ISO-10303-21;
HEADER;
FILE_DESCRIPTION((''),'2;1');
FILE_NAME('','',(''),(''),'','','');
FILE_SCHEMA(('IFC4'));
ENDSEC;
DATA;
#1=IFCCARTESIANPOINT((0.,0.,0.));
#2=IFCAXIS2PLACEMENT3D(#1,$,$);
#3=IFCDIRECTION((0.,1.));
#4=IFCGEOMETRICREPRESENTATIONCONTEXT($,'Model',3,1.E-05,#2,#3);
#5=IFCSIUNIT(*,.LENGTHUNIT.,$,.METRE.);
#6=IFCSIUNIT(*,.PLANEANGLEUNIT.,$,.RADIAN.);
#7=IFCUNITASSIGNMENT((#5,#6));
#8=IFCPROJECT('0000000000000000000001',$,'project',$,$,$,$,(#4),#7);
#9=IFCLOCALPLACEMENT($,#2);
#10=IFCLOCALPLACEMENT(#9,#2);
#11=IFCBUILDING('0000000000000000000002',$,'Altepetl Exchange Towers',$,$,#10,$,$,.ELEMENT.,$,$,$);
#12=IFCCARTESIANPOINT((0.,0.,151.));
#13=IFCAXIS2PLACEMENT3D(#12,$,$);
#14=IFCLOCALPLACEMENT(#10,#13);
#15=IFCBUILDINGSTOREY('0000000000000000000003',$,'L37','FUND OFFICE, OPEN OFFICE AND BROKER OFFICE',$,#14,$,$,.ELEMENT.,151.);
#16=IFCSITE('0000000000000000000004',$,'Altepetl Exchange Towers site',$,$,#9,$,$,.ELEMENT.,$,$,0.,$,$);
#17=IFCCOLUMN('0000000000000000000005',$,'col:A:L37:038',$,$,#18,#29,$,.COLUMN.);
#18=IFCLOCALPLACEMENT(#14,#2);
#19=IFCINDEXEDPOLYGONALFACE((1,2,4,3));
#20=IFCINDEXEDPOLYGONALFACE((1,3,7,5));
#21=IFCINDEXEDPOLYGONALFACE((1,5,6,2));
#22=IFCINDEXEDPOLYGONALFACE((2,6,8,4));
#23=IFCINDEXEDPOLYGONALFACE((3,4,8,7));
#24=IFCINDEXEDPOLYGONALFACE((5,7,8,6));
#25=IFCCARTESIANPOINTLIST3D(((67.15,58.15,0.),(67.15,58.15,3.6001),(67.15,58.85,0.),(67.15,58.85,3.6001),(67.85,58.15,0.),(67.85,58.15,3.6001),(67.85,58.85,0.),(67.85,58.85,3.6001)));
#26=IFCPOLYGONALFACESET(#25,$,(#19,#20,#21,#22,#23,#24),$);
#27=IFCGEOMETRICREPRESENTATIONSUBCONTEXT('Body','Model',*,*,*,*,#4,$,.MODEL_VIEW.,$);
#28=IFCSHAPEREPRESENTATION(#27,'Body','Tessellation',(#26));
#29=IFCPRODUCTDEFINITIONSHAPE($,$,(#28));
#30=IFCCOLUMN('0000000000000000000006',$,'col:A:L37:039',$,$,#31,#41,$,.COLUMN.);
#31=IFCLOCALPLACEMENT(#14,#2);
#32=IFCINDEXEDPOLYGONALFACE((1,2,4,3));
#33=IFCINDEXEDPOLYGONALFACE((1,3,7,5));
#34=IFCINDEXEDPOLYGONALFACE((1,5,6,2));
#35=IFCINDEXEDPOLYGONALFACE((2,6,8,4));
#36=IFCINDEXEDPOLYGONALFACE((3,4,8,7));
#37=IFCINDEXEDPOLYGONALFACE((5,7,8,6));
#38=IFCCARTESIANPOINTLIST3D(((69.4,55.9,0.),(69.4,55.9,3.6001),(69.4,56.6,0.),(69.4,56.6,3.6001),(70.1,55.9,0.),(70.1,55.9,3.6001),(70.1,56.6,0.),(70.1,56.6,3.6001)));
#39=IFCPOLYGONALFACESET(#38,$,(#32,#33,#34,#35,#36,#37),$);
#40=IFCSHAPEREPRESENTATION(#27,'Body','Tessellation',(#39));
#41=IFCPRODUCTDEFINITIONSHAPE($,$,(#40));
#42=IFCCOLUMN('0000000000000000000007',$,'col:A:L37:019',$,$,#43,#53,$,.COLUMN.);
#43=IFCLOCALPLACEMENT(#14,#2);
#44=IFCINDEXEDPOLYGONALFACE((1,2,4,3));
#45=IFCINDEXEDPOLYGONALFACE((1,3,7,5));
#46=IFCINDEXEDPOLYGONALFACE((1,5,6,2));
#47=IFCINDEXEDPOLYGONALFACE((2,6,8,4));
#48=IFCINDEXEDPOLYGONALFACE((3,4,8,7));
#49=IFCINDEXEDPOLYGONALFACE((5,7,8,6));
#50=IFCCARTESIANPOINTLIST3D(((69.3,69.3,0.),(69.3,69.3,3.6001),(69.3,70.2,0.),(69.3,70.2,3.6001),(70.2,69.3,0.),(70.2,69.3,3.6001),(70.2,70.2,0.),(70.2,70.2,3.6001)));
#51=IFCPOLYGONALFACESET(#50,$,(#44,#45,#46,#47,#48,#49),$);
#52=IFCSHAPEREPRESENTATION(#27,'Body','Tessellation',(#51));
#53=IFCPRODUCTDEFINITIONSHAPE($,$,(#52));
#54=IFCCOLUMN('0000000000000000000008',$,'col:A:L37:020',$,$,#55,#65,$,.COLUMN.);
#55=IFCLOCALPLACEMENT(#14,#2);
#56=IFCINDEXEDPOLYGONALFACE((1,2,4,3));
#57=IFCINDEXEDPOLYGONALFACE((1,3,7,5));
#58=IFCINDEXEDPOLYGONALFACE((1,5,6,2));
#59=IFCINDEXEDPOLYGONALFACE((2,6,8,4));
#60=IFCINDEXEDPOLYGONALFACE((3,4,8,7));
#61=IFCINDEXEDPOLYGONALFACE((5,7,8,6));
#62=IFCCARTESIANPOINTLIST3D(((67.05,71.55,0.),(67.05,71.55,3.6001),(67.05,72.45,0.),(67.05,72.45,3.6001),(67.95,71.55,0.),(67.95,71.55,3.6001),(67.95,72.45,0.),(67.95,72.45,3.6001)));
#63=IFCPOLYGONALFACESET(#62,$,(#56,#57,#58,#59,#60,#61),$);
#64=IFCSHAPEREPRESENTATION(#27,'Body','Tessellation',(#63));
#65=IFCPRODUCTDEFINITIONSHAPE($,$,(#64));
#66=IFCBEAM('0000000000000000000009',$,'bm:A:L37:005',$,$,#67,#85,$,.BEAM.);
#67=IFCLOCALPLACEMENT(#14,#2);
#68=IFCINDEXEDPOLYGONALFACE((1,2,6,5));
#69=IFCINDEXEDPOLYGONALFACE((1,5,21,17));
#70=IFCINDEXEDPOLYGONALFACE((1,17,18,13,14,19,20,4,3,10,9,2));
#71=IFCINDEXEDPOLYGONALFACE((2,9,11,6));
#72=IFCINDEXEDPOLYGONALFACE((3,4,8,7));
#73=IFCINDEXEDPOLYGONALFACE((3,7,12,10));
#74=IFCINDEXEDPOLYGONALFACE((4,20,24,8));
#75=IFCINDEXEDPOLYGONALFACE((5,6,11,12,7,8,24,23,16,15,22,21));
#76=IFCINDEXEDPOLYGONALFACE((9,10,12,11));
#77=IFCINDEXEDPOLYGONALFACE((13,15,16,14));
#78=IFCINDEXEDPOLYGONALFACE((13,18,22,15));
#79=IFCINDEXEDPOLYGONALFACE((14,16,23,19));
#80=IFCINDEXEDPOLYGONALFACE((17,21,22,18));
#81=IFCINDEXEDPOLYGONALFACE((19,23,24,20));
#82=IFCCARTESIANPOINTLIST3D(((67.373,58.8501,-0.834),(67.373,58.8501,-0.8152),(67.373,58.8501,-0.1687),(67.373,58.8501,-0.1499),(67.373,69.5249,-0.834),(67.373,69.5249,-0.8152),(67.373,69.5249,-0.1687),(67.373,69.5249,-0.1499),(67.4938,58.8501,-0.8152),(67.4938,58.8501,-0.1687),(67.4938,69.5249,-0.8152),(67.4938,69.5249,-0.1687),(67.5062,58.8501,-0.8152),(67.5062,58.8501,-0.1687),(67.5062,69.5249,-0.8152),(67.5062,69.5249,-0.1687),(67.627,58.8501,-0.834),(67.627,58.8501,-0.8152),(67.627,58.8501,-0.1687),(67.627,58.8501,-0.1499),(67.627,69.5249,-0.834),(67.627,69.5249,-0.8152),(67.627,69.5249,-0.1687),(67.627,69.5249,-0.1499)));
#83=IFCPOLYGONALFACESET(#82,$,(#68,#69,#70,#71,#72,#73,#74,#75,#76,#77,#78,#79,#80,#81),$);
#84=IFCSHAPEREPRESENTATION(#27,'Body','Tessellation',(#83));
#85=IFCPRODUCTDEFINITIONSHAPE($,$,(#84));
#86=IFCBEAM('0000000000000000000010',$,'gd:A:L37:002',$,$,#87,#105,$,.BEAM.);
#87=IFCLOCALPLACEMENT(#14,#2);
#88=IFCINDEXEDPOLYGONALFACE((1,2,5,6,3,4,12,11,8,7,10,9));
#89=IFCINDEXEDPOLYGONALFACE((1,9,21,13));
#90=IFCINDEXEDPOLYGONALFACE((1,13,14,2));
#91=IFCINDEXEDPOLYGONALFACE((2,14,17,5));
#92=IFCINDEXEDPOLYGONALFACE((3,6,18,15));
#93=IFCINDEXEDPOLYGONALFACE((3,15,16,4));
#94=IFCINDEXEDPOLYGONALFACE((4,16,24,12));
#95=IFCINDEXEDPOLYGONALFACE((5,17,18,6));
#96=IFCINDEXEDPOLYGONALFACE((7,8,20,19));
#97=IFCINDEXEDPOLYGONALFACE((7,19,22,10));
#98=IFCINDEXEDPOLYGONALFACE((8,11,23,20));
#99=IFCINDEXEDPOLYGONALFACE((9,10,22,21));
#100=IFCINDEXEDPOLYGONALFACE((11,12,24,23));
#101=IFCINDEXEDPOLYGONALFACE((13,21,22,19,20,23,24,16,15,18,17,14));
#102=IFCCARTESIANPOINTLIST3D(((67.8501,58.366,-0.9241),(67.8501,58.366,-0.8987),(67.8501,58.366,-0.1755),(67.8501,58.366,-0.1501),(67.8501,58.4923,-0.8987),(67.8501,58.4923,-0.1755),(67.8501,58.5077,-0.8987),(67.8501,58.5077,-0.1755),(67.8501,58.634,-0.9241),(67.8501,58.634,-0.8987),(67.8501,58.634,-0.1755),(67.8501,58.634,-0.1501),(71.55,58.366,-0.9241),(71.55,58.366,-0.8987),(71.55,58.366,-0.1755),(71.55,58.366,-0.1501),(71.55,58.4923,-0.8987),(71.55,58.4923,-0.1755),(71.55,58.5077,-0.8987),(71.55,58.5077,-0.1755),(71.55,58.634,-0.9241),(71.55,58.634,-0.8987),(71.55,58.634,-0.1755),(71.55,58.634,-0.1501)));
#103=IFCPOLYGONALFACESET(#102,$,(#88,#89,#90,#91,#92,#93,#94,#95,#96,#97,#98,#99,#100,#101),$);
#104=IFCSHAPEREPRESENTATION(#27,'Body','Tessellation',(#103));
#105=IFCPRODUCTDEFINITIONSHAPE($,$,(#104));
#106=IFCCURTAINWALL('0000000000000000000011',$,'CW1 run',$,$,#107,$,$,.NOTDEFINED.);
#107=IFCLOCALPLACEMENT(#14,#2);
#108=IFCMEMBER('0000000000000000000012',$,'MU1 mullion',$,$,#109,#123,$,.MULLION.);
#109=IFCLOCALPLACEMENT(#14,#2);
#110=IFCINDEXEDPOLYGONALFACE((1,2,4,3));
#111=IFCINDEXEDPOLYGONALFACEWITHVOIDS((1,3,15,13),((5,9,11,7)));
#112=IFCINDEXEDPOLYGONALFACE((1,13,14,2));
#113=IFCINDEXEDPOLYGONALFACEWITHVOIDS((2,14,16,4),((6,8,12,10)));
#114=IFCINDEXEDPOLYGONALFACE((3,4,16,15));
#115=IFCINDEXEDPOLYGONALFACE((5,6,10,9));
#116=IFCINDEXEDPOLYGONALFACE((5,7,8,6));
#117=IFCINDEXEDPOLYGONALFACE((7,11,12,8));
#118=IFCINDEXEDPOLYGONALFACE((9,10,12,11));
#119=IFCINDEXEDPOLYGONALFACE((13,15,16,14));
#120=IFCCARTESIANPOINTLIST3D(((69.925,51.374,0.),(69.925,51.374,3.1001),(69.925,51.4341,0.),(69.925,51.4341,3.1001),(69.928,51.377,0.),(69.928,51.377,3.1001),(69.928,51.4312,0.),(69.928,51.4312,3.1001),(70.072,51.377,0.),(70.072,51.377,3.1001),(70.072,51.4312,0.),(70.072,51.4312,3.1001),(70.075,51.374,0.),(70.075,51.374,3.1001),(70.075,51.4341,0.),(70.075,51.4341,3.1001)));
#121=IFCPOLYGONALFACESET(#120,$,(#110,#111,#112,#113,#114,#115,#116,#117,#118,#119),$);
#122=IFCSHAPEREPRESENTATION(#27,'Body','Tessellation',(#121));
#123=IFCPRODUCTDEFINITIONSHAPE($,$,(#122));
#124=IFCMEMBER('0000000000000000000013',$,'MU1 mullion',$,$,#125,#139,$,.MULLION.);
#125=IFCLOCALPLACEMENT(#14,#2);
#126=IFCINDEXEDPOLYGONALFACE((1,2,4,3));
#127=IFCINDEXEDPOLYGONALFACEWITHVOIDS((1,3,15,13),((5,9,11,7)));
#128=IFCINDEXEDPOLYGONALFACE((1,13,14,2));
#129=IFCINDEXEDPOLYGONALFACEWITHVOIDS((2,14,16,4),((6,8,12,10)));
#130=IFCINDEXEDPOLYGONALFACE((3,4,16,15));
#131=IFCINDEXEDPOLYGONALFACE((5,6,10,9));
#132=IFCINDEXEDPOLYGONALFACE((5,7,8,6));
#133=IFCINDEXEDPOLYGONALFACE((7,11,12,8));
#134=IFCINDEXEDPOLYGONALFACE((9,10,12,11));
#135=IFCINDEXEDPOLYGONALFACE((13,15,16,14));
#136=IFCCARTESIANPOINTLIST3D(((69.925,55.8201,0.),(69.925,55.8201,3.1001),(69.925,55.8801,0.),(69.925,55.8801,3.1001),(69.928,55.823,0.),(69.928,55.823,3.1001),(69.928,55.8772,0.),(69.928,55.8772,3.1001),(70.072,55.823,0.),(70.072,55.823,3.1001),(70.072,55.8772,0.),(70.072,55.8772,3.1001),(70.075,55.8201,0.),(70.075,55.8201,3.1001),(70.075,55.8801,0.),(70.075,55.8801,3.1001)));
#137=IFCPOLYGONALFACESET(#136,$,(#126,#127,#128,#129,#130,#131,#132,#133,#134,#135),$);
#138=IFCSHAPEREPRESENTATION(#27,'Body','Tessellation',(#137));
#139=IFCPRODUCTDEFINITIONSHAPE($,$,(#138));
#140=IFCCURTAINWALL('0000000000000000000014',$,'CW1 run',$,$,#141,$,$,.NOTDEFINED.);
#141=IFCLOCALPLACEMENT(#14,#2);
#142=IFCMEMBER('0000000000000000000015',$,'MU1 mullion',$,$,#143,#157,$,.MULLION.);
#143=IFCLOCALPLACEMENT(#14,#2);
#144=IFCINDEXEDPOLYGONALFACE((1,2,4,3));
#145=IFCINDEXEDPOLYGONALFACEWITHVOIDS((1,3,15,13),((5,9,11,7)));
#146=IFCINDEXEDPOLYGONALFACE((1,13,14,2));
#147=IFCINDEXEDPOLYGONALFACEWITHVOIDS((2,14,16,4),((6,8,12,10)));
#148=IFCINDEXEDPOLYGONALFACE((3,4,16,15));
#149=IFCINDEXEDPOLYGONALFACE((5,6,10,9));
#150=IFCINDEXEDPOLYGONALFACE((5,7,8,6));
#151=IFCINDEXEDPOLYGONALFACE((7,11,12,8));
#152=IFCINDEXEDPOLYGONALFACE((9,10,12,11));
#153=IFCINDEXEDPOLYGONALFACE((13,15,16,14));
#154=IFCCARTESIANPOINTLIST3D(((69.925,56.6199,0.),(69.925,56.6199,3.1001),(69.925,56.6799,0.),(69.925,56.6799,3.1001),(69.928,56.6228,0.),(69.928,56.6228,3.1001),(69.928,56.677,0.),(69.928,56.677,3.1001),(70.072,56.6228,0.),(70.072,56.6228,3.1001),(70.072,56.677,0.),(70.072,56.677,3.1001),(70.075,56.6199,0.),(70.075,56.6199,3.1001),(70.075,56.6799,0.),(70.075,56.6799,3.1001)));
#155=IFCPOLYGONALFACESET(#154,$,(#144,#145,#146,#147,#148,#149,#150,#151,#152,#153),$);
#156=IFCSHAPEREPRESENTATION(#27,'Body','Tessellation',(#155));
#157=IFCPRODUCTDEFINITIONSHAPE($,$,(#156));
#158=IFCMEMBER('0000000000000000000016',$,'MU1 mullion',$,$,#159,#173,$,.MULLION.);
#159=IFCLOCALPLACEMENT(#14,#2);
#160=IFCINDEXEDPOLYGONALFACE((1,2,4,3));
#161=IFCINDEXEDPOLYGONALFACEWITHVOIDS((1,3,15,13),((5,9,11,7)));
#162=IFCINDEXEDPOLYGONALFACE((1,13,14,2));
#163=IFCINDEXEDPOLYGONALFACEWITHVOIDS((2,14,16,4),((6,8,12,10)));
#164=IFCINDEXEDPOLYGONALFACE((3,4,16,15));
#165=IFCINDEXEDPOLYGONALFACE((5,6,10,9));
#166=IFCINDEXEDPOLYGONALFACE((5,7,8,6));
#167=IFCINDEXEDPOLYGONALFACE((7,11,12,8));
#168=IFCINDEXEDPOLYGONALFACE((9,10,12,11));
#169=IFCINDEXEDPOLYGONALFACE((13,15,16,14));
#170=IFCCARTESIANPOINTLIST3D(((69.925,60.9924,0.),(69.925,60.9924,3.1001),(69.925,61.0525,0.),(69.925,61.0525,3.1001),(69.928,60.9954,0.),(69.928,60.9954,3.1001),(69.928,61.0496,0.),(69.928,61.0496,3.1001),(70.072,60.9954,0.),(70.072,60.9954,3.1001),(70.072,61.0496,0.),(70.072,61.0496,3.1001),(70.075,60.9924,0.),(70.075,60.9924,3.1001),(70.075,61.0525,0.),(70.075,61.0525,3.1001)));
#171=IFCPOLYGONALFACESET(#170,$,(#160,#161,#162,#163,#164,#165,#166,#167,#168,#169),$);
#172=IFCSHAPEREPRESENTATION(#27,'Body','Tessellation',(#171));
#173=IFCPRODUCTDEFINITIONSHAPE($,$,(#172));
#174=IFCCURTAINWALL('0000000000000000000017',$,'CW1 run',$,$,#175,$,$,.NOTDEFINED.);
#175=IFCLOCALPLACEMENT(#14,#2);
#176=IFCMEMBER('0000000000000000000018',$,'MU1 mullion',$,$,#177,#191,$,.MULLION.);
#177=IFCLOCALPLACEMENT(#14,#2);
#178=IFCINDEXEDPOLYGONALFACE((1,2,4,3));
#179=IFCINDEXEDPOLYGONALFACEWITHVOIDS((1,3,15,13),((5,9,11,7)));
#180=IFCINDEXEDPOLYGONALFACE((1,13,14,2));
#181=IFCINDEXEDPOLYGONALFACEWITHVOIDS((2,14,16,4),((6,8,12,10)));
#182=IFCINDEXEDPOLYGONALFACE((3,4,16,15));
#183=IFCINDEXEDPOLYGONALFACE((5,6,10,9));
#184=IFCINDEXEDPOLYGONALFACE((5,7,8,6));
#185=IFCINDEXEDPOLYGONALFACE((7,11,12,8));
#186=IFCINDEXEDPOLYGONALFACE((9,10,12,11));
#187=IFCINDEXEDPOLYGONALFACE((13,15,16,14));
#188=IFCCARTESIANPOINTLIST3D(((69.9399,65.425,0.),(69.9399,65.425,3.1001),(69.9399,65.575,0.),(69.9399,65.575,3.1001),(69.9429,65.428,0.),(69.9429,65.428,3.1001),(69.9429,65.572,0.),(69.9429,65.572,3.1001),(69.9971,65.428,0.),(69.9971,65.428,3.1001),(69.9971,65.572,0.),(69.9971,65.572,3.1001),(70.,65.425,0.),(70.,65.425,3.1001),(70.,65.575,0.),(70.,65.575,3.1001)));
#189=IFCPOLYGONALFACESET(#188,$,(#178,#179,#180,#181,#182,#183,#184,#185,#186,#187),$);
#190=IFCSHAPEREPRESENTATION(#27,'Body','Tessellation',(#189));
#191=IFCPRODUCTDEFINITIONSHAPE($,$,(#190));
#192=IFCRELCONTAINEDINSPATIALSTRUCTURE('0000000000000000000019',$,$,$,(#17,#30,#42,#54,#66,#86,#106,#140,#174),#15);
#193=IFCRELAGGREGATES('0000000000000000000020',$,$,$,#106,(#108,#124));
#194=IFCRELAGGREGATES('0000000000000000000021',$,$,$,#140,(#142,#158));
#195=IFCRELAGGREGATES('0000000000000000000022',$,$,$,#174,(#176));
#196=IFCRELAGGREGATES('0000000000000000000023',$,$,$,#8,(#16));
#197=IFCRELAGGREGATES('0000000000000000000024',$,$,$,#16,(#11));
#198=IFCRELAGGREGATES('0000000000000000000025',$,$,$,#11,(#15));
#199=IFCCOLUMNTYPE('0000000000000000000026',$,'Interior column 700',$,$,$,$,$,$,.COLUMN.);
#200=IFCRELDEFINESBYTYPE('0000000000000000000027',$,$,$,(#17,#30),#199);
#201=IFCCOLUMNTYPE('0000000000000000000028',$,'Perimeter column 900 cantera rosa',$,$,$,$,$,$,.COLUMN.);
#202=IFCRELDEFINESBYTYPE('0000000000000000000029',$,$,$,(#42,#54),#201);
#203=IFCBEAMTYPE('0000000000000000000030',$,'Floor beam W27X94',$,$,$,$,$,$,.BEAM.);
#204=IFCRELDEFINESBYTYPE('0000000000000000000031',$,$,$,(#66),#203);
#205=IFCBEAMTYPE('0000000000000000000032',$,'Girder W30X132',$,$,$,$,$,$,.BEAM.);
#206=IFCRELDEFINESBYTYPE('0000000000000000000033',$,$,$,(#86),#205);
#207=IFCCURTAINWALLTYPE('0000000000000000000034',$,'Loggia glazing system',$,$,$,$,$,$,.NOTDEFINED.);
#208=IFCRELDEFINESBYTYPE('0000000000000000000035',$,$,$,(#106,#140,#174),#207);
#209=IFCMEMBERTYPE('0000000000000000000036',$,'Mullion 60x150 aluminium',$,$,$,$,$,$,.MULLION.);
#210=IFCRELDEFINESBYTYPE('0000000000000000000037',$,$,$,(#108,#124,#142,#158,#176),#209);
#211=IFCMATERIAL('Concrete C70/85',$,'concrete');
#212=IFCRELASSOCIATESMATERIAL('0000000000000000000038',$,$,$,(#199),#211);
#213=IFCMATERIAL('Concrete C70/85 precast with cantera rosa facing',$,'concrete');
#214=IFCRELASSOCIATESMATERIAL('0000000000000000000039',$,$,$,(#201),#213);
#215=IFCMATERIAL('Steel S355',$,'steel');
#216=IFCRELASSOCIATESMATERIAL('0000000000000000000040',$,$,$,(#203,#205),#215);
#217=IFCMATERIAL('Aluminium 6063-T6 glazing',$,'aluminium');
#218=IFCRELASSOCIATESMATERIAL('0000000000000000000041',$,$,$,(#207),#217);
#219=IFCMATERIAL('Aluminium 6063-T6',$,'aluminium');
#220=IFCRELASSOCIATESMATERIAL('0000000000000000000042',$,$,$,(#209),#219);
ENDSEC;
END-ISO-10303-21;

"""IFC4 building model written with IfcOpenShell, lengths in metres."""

from ifc_helpers import new_model, si_unit, direction, frame, origin, origin_2d, place, context, subcontext, project, spatial, rectangle, hollow_rectangle, i_section, extrude, material, material_profile, profile_set, type_object, element, aggregate, save


model = new_model("IFC4")

# Units and contexts
model_context = context("Model", 3, precision=1e-05, world=origin(), true_north=direction((0.0, 1.0)))
body_context = subcontext(model_context, "Body", "Model", "MODEL_VIEW")
ifc_project = project(units=[si_unit("LENGTHUNIT", "METRE"), si_unit("PLANEANGLEUNIT", "RADIAN")], contexts=[model_context])

# Site, building, storey
site_placement = place(None, origin())
site = spatial("IfcSite", under=ifc_project, at=site_placement, Name="Altepetl Exchange Towers site", CompositionType="ELEMENT", RefElevation=0.0)
building_placement = place(site_placement, origin())
building = spatial("IfcBuilding", under=site, at=building_placement, Name="Altepetl Exchange Towers", CompositionType="ELEMENT")
storey_placement = place(building_placement, frame((0.0, 0.0, 151.0)))
storey = spatial("IfcBuildingStorey", under=building, at=storey_placement, Name="L37", Description="FUND OFFICE, OPEN OFFICE AND BROKER OFFICE", CompositionType="ELEMENT", Elevation=151.0)

# Columns
ifc_material_1 = material(Name="Concrete C70/85", Category="concrete")
ifc_material_profile_1 = material_profile(ifc_material_1, rectangle(XDim=0.7, YDim=0.7, at=origin_2d()), Name="700 x 700")
ifc_profile_set_1 = profile_set([ifc_material_profile_1], Name="Concrete C70/85")
column_type_1 = type_object("IfcColumnType", Name="Interior column 700", PredefinedType="COLUMN", material=ifc_profile_set_1)
for number, where, name in (
    (1, (67.5, 58.5, 0.0), "col:A:L37:038"),
    (2, (69.75, 56.25, 0.0), "col:A:L37:039"),
):
    element("IfcColumn", number, at=place(storey_placement, frame(where)), inside=storey, type_object=column_type_1, Name=name, PredefinedType="COLUMN", context=body_context, shape_type="SweptSolid", body=[
        extrude(rectangle(XDim=0.7, YDim=0.7, at=origin_2d()), origin(), (0.0, 0.0, 1.0), 3.6001),
    ])
ifc_material_2 = material(Name="Concrete C70/85 precast with cantera rosa facing", Category="concrete")
ifc_material_profile_2 = material_profile(ifc_material_2, rectangle(XDim=0.8999, YDim=0.8999, at=origin_2d()), Name="900 x 900")
ifc_profile_set_2 = profile_set([ifc_material_profile_2], Name="Concrete C70/85 precast with cantera rosa facing")
column_type_2 = type_object("IfcColumnType", Name="Perimeter column 900 cantera rosa", PredefinedType="COLUMN", material=ifc_profile_set_2)
for number, where, name in (
    (3, (69.75, 69.75, 0.0), "col:A:L37:019"),
    (4, (67.5, 72.0, 0.0), "col:A:L37:020"),
):
    element("IfcColumn", number, at=place(storey_placement, frame(where)), inside=storey, type_object=column_type_2, Name=name, PredefinedType="COLUMN", context=body_context, shape_type="SweptSolid", body=[
        extrude(rectangle(XDim=0.8999, YDim=0.8999, at=origin_2d()), origin(), (0.0, 0.0, 1.0), 3.6001),
    ])

# Beams
ifc_material_3 = material(Name="Steel S355", Category="steel")
ifc_material_profile_3 = material_profile(ifc_material_3, i_section(OverallWidth=0.2539, OverallDepth=0.6841, WebThickness=0.0125, FlangeThickness=0.0188, at=origin_2d()), Name="W27X94")
ifc_profile_set_3 = profile_set([ifc_material_profile_3], Name="Steel S355")
beam_type_1 = type_object("IfcBeamType", Name="Floor beam W27X94", PredefinedType="BEAM", material=ifc_profile_set_3)
beam_1_placement = place(storey_placement, frame((67.5, 58.8501, -0.4919), z_axis=(0.0, 1.0, 0.0), x_axis=(-1.0, 0.0, 0.0)))
element("IfcBeam", 5, at=beam_1_placement, inside=storey, type_object=beam_type_1, Name="bm:A:L37:005", PredefinedType="BEAM", context=body_context, shape_type="SweptSolid", body=[
    extrude(i_section(OverallWidth=0.2539, OverallDepth=0.6841, WebThickness=0.0125, FlangeThickness=0.0188, at=origin_2d()), origin(), (0.0, 0.0, 1.0), 10.6748),
])
ifc_material_profile_4 = material_profile(ifc_material_3, i_section(OverallWidth=0.2681, OverallDepth=0.7739, WebThickness=0.0154, FlangeThickness=0.0254, at=origin_2d()), Name="W30X132")
ifc_profile_set_4 = profile_set([ifc_material_profile_4], Name="Steel S355")
beam_type_2 = type_object("IfcBeamType", Name="Girder W30X132", PredefinedType="BEAM", material=ifc_profile_set_4)
beam_2_placement = place(storey_placement, frame((67.8501, 58.5, -0.5371), z_axis=(1.0, 0.0, 0.0), x_axis=(0.0, 1.0, 0.0)))
element("IfcBeam", 6, at=beam_2_placement, inside=storey, type_object=beam_type_2, Name="gd:A:L37:002", PredefinedType="BEAM", context=body_context, shape_type="SweptSolid", body=[
    extrude(i_section(OverallWidth=0.2681, OverallDepth=0.7739, WebThickness=0.0154, FlangeThickness=0.0254, at=origin_2d()), origin(), (0.0, 0.0, 1.0), 3.7),
])

# Curtain walls, members
ifc_material_4 = material(Name="Aluminium 6063-T6 glazing", Category="aluminium")
curtain_wall_type = type_object("IfcCurtainWallType", Name="Loggia glazing system", PredefinedType="NOTDEFINED", material=ifc_material_4)
curtain_wall_1_placement = place(storey_placement, origin())
curtain_wall_1 = element("IfcCurtainWall", 7, at=curtain_wall_1_placement, inside=storey, type_object=curtain_wall_type, Name="CW1 run", PredefinedType="NOTDEFINED")
ifc_material_5 = material(Name="Aluminium 6063-T6", Category="aluminium")
ifc_material_profile_5 = material_profile(ifc_material_5, hollow_rectangle(XDim=0.0601, YDim=0.1499, WallThickness=0.0029, at=origin_2d()), Name="Mullion 60x150 aluminium")
ifc_profile_set_5 = profile_set([ifc_material_profile_5], Name="Aluminium 6063-T6")
member_type = type_object("IfcMemberType", Name="Mullion 60x150 aluminium", PredefinedType="MULLION", material=ifc_profile_set_5)
member_1_placement = place(storey_placement, frame((70.0, 51.4041, 0.0), z_axis=(0.0, 0.0, 1.0), x_axis=(0.0, 1.0, 0.0)))
member_1 = element("IfcMember", 8, at=member_1_placement, type_object=member_type, Name="MU1 mullion", PredefinedType="MULLION", context=body_context, shape_type="SweptSolid", body=[
    extrude(hollow_rectangle(XDim=0.0601, YDim=0.1499, WallThickness=0.0029, at=origin_2d()), origin(), (0.0, 0.0, 1.0), 3.1001),
])
member_2_placement = place(storey_placement, frame((70.0, 55.8501, 0.0), z_axis=(0.0, 0.0, 1.0), x_axis=(0.0, 1.0, 0.0)))
member_2 = element("IfcMember", 9, at=member_2_placement, type_object=member_type, Name="MU1 mullion", PredefinedType="MULLION", context=body_context, shape_type="SweptSolid", body=[
    extrude(hollow_rectangle(XDim=0.0601, YDim=0.1499, WallThickness=0.0029, at=origin_2d()), origin(), (0.0, 0.0, 1.0), 3.1001),
])
curtain_wall_2_placement = place(storey_placement, origin())
curtain_wall_2 = element("IfcCurtainWall", 10, at=curtain_wall_2_placement, inside=storey, type_object=curtain_wall_type, Name="CW1 run", PredefinedType="NOTDEFINED")
member_3_placement = place(storey_placement, frame((70.0, 56.6499, 0.0), z_axis=(0.0, 0.0, 1.0), x_axis=(0.0, 1.0, 0.0)))
member_3 = element("IfcMember", 11, at=member_3_placement, type_object=member_type, Name="MU1 mullion", PredefinedType="MULLION", context=body_context, shape_type="SweptSolid", body=[
    extrude(hollow_rectangle(XDim=0.0601, YDim=0.1499, WallThickness=0.0029, at=origin_2d()), origin(), (0.0, 0.0, 1.0), 3.1001),
])
member_4_placement = place(storey_placement, frame((70.0, 61.0225, 0.0), z_axis=(0.0, 0.0, 1.0), x_axis=(0.0, 1.0, 0.0)))
member_4 = element("IfcMember", 12, at=member_4_placement, type_object=member_type, Name="MU1 mullion", PredefinedType="MULLION", context=body_context, shape_type="SweptSolid", body=[
    extrude(hollow_rectangle(XDim=0.0601, YDim=0.1499, WallThickness=0.0029, at=origin_2d()), origin(), (0.0, 0.0, 1.0), 3.1001),
])
curtain_wall_3_placement = place(storey_placement, origin())
curtain_wall_3 = element("IfcCurtainWall", 13, at=curtain_wall_3_placement, inside=storey, type_object=curtain_wall_type, Name="CW1 run", PredefinedType="NOTDEFINED")
member_5_placement = place(storey_placement, frame((69.97, 65.5, 0.0), z_axis=(0.0, 0.0, 1.0), x_axis=(-1.0, 0.0, 0.0)))
member_5 = element("IfcMember", 14, at=member_5_placement, type_object=member_type, Name="MU1 mullion", PredefinedType="MULLION", context=body_context, shape_type="SweptSolid", body=[
    extrude(hollow_rectangle(XDim=0.0601, YDim=0.1499, WallThickness=0.0029, at=origin_2d()), origin(), (0.0, 0.0, 1.0), 3.1001),
])

aggregate(curtain_wall_1, [member_1, member_2])
aggregate(curtain_wall_2, [member_3, member_4])
aggregate(curtain_wall_3, [member_5])

save(model, "model.ifc")
